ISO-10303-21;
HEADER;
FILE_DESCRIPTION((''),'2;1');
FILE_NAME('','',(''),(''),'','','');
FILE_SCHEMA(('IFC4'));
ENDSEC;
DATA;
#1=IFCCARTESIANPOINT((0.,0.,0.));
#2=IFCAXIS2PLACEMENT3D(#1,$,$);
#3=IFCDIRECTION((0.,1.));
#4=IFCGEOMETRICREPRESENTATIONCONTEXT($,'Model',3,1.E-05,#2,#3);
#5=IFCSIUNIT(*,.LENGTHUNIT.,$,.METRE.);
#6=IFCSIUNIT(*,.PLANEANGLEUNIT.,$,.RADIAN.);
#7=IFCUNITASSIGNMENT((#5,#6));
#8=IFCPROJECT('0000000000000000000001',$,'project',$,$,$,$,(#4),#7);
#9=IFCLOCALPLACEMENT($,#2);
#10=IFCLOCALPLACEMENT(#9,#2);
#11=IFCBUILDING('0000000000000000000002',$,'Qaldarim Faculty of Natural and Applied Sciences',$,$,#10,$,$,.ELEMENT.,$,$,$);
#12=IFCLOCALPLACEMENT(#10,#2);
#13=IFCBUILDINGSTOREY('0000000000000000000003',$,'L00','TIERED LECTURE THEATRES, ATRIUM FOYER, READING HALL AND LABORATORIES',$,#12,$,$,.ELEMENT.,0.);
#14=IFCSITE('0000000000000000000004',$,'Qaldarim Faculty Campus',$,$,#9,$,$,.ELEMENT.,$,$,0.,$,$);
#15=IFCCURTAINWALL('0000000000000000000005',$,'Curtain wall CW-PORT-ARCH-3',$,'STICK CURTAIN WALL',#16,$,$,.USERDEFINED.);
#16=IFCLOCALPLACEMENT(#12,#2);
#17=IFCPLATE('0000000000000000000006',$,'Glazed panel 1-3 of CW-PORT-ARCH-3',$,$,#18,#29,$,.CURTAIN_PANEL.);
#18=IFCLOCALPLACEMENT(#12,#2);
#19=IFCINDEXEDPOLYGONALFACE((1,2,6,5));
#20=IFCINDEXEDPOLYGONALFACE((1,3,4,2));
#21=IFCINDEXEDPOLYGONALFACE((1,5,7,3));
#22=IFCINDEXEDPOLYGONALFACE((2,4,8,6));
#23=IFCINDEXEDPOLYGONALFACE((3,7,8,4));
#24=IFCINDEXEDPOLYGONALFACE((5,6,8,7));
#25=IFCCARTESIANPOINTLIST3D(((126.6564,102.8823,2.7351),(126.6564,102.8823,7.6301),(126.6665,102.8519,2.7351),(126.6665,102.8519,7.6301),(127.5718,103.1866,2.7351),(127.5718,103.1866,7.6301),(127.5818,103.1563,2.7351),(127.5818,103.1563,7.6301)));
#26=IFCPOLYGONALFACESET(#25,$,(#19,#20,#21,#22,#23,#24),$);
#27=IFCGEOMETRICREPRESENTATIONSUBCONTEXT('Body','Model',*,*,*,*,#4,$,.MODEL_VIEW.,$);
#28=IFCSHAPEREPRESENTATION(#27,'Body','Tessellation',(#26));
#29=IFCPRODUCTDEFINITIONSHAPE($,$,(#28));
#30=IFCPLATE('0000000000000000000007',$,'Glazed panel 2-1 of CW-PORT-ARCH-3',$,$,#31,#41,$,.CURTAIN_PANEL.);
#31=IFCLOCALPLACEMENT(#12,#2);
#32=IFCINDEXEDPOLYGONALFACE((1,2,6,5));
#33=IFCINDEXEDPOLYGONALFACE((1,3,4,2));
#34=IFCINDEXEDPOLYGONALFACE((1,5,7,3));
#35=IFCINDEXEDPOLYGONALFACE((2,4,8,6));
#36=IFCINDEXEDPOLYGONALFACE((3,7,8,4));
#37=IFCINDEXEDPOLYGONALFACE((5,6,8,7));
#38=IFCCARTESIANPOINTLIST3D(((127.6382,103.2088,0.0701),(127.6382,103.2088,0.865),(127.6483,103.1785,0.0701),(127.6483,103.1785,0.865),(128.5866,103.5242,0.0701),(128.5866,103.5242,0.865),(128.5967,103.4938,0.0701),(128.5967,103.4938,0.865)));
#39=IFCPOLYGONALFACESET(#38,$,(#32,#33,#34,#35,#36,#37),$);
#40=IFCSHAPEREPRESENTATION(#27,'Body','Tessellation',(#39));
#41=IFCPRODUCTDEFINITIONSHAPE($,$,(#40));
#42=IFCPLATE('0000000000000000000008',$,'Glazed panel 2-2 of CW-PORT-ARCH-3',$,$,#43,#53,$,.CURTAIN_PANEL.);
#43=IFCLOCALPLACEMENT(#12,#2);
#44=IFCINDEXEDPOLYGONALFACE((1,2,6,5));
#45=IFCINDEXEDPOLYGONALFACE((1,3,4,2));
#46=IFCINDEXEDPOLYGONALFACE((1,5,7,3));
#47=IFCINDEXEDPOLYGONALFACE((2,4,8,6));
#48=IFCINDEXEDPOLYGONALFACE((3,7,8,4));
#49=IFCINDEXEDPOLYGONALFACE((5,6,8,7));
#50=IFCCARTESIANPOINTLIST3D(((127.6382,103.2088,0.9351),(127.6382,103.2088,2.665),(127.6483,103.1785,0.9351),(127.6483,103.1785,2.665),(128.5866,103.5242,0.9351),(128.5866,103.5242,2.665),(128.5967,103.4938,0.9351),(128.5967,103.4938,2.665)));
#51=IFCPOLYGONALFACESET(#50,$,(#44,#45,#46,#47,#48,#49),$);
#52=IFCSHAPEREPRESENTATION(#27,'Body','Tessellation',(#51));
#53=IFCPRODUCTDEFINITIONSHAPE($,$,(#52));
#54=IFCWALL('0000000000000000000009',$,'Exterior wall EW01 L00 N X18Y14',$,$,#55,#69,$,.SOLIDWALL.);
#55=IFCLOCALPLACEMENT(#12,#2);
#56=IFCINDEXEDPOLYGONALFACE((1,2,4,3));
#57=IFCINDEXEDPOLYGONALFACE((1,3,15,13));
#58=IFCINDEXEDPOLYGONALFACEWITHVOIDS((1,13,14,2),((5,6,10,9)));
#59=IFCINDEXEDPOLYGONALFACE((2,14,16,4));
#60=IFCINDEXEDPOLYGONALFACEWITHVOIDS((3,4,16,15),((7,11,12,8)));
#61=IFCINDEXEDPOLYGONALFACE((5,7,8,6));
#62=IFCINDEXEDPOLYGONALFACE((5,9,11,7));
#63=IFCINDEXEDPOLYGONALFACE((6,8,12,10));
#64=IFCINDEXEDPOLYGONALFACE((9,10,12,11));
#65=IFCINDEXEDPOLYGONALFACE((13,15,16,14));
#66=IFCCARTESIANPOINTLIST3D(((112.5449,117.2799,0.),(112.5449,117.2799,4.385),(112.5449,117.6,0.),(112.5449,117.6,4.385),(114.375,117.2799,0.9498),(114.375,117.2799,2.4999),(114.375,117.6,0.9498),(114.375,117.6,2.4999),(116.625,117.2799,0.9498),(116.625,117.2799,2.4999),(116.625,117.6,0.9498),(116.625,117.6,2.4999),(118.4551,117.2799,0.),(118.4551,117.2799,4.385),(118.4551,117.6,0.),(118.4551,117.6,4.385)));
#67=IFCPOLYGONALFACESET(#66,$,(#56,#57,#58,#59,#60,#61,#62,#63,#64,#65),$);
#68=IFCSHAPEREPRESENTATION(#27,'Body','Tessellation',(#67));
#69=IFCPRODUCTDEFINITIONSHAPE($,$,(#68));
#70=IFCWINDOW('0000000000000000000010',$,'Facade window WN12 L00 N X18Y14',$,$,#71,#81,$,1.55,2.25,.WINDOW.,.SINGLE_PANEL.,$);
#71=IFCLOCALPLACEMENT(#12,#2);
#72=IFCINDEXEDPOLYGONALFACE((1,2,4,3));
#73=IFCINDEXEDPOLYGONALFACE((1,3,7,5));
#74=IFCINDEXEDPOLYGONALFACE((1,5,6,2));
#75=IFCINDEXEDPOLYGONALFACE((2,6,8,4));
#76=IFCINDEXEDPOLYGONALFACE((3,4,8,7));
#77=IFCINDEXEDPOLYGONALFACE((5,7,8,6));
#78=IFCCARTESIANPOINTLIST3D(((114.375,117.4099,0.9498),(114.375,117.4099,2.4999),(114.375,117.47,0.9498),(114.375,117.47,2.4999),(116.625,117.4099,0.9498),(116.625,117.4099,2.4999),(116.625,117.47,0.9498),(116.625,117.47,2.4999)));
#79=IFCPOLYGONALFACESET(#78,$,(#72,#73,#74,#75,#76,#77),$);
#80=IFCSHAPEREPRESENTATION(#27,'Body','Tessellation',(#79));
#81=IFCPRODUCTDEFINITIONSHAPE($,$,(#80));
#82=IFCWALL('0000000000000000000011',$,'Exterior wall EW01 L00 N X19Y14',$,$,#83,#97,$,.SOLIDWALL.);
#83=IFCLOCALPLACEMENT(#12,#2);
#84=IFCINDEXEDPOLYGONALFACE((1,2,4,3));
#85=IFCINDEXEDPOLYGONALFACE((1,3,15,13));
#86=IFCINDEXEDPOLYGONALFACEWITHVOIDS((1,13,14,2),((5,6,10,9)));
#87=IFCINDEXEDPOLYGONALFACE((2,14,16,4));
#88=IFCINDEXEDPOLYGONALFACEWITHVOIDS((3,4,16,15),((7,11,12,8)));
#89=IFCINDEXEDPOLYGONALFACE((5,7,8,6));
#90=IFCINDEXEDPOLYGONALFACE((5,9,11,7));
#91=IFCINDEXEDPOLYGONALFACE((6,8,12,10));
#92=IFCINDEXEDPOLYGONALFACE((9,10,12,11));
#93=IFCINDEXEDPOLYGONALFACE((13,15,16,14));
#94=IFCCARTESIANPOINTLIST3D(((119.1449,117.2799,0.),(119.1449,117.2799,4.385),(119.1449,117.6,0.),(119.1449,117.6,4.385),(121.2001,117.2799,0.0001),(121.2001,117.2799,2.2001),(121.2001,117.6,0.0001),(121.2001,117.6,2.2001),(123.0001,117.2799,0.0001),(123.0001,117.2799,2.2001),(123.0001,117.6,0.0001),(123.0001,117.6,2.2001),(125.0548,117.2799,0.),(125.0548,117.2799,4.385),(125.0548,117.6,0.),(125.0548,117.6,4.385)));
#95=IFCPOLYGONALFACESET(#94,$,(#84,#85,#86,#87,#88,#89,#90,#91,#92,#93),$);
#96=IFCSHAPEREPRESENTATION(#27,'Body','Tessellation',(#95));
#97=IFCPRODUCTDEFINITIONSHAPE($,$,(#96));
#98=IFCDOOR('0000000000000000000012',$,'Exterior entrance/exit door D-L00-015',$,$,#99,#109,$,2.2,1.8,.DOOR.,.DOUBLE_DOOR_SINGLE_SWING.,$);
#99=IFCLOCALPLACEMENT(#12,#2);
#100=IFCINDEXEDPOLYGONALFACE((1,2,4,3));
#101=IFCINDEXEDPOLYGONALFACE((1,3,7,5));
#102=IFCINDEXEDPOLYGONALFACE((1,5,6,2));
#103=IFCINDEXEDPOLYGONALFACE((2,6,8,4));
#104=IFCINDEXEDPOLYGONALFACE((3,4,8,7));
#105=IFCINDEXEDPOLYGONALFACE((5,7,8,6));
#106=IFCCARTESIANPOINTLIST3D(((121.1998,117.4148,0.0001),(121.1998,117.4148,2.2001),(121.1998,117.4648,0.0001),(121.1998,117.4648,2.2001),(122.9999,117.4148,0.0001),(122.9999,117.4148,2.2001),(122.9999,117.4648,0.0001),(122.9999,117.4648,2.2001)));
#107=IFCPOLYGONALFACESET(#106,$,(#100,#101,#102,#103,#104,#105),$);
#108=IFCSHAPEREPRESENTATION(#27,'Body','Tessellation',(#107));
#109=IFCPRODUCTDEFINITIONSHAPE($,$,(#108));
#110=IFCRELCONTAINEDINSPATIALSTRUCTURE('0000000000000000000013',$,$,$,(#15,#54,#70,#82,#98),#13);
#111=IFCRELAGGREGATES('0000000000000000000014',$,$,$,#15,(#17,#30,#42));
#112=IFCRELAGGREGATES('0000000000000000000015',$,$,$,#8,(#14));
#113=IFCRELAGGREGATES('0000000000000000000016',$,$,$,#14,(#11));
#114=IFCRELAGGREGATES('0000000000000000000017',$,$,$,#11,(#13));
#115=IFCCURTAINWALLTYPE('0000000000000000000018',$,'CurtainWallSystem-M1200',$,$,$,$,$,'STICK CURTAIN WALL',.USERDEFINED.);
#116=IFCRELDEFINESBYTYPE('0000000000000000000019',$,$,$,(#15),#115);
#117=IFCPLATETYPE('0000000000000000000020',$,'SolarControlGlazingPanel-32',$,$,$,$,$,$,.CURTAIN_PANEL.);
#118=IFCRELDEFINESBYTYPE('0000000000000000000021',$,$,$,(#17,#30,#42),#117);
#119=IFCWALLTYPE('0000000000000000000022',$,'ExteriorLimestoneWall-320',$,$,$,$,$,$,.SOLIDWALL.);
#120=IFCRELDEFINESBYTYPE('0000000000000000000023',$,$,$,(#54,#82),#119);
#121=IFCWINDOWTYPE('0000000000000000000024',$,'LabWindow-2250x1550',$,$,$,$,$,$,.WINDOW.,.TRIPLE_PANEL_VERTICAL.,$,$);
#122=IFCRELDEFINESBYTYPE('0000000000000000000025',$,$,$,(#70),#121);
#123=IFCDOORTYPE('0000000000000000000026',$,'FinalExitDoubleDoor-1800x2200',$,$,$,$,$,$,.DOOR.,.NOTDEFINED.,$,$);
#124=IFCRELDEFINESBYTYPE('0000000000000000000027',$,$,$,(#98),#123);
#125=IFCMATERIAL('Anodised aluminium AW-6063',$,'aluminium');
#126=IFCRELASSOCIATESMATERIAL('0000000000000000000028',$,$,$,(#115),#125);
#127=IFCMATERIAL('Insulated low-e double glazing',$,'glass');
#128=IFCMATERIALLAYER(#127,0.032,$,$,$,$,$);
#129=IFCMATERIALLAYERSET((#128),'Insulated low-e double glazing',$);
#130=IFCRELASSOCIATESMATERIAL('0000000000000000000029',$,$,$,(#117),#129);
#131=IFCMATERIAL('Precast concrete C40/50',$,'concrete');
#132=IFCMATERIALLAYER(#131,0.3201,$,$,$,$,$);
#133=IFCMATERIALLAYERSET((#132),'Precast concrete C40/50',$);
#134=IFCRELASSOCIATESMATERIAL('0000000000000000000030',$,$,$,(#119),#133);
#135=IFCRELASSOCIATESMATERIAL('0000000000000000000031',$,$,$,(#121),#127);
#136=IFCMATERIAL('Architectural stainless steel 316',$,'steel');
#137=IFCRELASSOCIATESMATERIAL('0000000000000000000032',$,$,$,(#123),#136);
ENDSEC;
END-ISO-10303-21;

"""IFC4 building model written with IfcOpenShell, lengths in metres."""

from ifc_helpers import new_model, si_unit, direction, frame, frame_2d, origin, origin_2d, place, context, subcontext, project, spatial, rectangle, extrude, material, layer, layer_set, type_object, element, fill, aggregate, save


model = new_model("IFC4")

# Units and contexts
model_context = context("Model", 3, precision=1e-05, world=origin(), true_north=direction((0.0, 1.0)))
body_context = subcontext(model_context, "Body", "Model", "MODEL_VIEW")
ifc_project = project(units=[si_unit("LENGTHUNIT", "METRE"), si_unit("PLANEANGLEUNIT", "RADIAN")], contexts=[model_context])

# Site, building, storey
site_placement = place(None, origin())
site = spatial("IfcSite", under=ifc_project, at=site_placement, Name="Qaldarim Faculty Campus", CompositionType="ELEMENT", RefElevation=0.0)
building_placement = place(site_placement, origin())
building = spatial("IfcBuilding", under=site, at=building_placement, Name="Qaldarim Faculty of Natural and Applied Sciences", CompositionType="ELEMENT")
storey_placement = place(building_placement, origin())
storey = spatial("IfcBuildingStorey", under=building, at=storey_placement, Name="L00", Description="TIERED LECTURE THEATRES, ATRIUM FOYER, READING HALL AND LABORATORIES", CompositionType="ELEMENT", Elevation=0.0)

# Curtain wall
ifc_material_1 = material(Name="Anodised aluminium AW-6063", Category="aluminium")
curtain_wall_type = type_object("IfcCurtainWallType", Name="CurtainWallSystem-M1200", ElementType="STICK CURTAIN WALL", PredefinedType="USERDEFINED", material=ifc_material_1)
curtain_wall_placement = place(storey_placement, origin())
curtain_wall = element("IfcCurtainWall", 1, at=curtain_wall_placement, inside=storey, type_object=curtain_wall_type, Name="Curtain wall CW-PORT-ARCH-3", ObjectType="STICK CURTAIN WALL", PredefinedType="USERDEFINED")

# Plates
ifc_material_2 = material(Name="Insulated low-e double glazing", Category="glass")
ifc_layer_1 = layer(ifc_material_2, 0.032)
ifc_layer_set_1 = layer_set([ifc_layer_1], Name="Insulated low-e double glazing")
plate_type = type_object("IfcPlateType", Name="SolarControlGlazingPanel-32", PredefinedType="CURTAIN_PANEL", material=ifc_layer_set_1)
plate_1_placement = place(storey_placement, frame((127.1191, 103.0193, 2.7351), z_axis=(0.0, 0.0, 1.0), x_axis=(0.948915, 0.315533, 0.0)))
plate_1 = element("IfcPlate", 2, at=plate_1_placement, type_object=plate_type, Name="Glazed panel 1-3 of CW-PORT-ARCH-3", PredefinedType="CURTAIN_PANEL", context=body_context, shape_type="SweptSolid", body=[
    extrude(rectangle(XDim=0.9646, YDim=0.032, at=origin_2d()), origin(), (0.0, 0.0, 1.0), 4.895),
])
plate_2_placement = place(storey_placement, frame((128.1174, 103.3513, 0.0701), z_axis=(0.0, 0.0, 1.0), x_axis=(0.948915, 0.315533, 0.0)))
plate_2 = element("IfcPlate", 3, at=plate_2_placement, type_object=plate_type, Name="Glazed panel 2-1 of CW-PORT-ARCH-3", PredefinedType="CURTAIN_PANEL", context=body_context, shape_type="SweptSolid", body=[
    extrude(rectangle(XDim=0.9995, YDim=0.032, at=origin_2d()), origin(), (0.0, 0.0, 1.0), 0.7949),
])
plate_3_placement = place(storey_placement, frame((128.1174, 103.3513, 0.9351), z_axis=(0.0, 0.0, 1.0), x_axis=(0.948915, 0.315533, 0.0)))
plate_3 = element("IfcPlate", 4, at=plate_3_placement, type_object=plate_type, Name="Glazed panel 2-2 of CW-PORT-ARCH-3", PredefinedType="CURTAIN_PANEL", context=body_context, shape_type="SweptSolid", body=[
    extrude(rectangle(XDim=0.9995, YDim=0.032, at=origin_2d()), origin(), (0.0, 0.0, 1.0), 1.73),
])
aggregate(curtain_wall, [plate_1, plate_2, plate_3])

# Wall, opening, window
ifc_material_3 = material(Name="Precast concrete C40/50", Category="concrete")
ifc_layer_2 = layer(ifc_material_3, 0.3201)
ifc_layer_set_2 = layer_set([ifc_layer_2], Name="Precast concrete C40/50")
wall_type = type_object("IfcWallType", Name="ExteriorLimestoneWall-320", PredefinedType="SOLIDWALL", material=ifc_layer_set_2)
wall_1_placement = place(storey_placement, frame((118.4551, 117.4399, 0.0), z_axis=(0.0, 0.0, 1.0), x_axis=(-1.0, 0.0, 0.0)))
wall_1 = element("IfcWall", 5, at=wall_1_placement, inside=storey, type_object=wall_type, Name="Exterior wall EW01 L00 N X18Y14", PredefinedType="SOLIDWALL", context=body_context, shape_type="SweptSolid", body=[
    extrude(rectangle(XDim=5.9102, YDim=0.3201, at=frame_2d((2.9551, 0.0))), origin(), (0.0, 0.0, 1.0), 4.385),
])
opening_1_placement = place(wall_1_placement, frame((1.8301, 0.0, 0.95)))
opening_1 = element("IfcOpeningElement", 6, at=opening_1_placement, cuts=wall_1, PredefinedType="OPENING", context=body_context, shape_type="SweptSolid", body=[
    extrude(rectangle(XDim=2.25, YDim=1.55, at=frame_2d((1.125, 0.7749))), frame((0.0, 0.1699, 0.0), z_axis=(0.0, -1.0, 0.0), x_axis=(1.0, 0.0, 0.0)), (0.0, 0.0, 1.0), 0.3401),
])
window_type = type_object("IfcWindowType", Name="LabWindow-2250x1550", PartitioningType="TRIPLE_PANEL_VERTICAL", PredefinedType="WINDOW", material=ifc_material_2)
window_placement = place(opening_1_placement, origin())
window = element("IfcWindow", 7, at=window_placement, inside=storey, type_object=window_type, Name="Facade window WN12 L00 N X18Y14", OverallHeight=1.55, OverallWidth=2.25, PartitioningType="SINGLE_PANEL", PredefinedType="WINDOW", context=body_context, shape_type="SweptSolid", body=[
    extrude(rectangle(XDim=2.25, YDim=1.55, at=frame_2d((1.125, 0.7749))), frame((0.0, 0.03, 0.0), z_axis=(0.0, -1.0, 0.0), x_axis=(1.0, 0.0, 0.0)), (0.0, 0.0, 1.0), 0.0601),
])
fill(opening_1, window)

# Wall, opening, door
wall_2_placement = place(storey_placement, frame((125.0549, 117.4399, 0.0), z_axis=(0.0, 0.0, 1.0), x_axis=(-1.0, 0.0, 0.0)))
wall_2 = element("IfcWall", 8, at=wall_2_placement, inside=storey, type_object=wall_type, Name="Exterior wall EW01 L00 N X19Y14", PredefinedType="SOLIDWALL", context=body_context, shape_type="SweptSolid", body=[
    extrude(rectangle(XDim=5.9099, YDim=0.3201, at=frame_2d((2.9551, 0.0))), origin(), (0.0, 0.0, 1.0), 4.385),
])
opening_2_placement = place(wall_2_placement, frame((2.0549, 0.0, 0.0)))
opening_2 = element("IfcOpeningElement", 9, at=opening_2_placement, cuts=wall_2, PredefinedType="OPENING", context=body_context, shape_type="SweptSolid", body=[
    extrude(rectangle(XDim=1.8, YDim=2.2, at=frame_2d((0.8999, 1.1001))), frame((0.0, 0.1699, 0.0), z_axis=(0.0, -1.0, 0.0), x_axis=(1.0, 0.0, 0.0)), (0.0, 0.0, 1.0), 0.3401),
])
ifc_material_4 = material(Name="Architectural stainless steel 316", Category="steel")
door_type = type_object("IfcDoorType", Name="FinalExitDoubleDoor-1800x2200", OperationType="NOTDEFINED", PredefinedType="DOOR", material=ifc_material_4)
door_placement = place(opening_2_placement, frame((1.8, 0.0, 0.0), z_axis=(0.0, 0.0, 1.0), x_axis=(-1.0, 0.0, 0.0)))
door = element("IfcDoor", 10, at=door_placement, inside=storey, type_object=door_type, Name="Exterior entrance/exit door D-L00-015", OperationType="DOUBLE_DOOR_SINGLE_SWING", OverallHeight=2.2, OverallWidth=1.8, PredefinedType="DOOR", context=body_context, shape_type="SweptSolid", body=[
    extrude(rectangle(XDim=1.8, YDim=2.2, at=frame_2d((0.8999, 1.1001))), frame((0.0, 0.0249, 0.0), z_axis=(0.0, -1.0, 0.0), x_axis=(1.0, 0.0, 0.0)), (0.0, 0.0, 1.0), 0.05),
])
fill(opening_2, door)

save(model, "model.ifc")
